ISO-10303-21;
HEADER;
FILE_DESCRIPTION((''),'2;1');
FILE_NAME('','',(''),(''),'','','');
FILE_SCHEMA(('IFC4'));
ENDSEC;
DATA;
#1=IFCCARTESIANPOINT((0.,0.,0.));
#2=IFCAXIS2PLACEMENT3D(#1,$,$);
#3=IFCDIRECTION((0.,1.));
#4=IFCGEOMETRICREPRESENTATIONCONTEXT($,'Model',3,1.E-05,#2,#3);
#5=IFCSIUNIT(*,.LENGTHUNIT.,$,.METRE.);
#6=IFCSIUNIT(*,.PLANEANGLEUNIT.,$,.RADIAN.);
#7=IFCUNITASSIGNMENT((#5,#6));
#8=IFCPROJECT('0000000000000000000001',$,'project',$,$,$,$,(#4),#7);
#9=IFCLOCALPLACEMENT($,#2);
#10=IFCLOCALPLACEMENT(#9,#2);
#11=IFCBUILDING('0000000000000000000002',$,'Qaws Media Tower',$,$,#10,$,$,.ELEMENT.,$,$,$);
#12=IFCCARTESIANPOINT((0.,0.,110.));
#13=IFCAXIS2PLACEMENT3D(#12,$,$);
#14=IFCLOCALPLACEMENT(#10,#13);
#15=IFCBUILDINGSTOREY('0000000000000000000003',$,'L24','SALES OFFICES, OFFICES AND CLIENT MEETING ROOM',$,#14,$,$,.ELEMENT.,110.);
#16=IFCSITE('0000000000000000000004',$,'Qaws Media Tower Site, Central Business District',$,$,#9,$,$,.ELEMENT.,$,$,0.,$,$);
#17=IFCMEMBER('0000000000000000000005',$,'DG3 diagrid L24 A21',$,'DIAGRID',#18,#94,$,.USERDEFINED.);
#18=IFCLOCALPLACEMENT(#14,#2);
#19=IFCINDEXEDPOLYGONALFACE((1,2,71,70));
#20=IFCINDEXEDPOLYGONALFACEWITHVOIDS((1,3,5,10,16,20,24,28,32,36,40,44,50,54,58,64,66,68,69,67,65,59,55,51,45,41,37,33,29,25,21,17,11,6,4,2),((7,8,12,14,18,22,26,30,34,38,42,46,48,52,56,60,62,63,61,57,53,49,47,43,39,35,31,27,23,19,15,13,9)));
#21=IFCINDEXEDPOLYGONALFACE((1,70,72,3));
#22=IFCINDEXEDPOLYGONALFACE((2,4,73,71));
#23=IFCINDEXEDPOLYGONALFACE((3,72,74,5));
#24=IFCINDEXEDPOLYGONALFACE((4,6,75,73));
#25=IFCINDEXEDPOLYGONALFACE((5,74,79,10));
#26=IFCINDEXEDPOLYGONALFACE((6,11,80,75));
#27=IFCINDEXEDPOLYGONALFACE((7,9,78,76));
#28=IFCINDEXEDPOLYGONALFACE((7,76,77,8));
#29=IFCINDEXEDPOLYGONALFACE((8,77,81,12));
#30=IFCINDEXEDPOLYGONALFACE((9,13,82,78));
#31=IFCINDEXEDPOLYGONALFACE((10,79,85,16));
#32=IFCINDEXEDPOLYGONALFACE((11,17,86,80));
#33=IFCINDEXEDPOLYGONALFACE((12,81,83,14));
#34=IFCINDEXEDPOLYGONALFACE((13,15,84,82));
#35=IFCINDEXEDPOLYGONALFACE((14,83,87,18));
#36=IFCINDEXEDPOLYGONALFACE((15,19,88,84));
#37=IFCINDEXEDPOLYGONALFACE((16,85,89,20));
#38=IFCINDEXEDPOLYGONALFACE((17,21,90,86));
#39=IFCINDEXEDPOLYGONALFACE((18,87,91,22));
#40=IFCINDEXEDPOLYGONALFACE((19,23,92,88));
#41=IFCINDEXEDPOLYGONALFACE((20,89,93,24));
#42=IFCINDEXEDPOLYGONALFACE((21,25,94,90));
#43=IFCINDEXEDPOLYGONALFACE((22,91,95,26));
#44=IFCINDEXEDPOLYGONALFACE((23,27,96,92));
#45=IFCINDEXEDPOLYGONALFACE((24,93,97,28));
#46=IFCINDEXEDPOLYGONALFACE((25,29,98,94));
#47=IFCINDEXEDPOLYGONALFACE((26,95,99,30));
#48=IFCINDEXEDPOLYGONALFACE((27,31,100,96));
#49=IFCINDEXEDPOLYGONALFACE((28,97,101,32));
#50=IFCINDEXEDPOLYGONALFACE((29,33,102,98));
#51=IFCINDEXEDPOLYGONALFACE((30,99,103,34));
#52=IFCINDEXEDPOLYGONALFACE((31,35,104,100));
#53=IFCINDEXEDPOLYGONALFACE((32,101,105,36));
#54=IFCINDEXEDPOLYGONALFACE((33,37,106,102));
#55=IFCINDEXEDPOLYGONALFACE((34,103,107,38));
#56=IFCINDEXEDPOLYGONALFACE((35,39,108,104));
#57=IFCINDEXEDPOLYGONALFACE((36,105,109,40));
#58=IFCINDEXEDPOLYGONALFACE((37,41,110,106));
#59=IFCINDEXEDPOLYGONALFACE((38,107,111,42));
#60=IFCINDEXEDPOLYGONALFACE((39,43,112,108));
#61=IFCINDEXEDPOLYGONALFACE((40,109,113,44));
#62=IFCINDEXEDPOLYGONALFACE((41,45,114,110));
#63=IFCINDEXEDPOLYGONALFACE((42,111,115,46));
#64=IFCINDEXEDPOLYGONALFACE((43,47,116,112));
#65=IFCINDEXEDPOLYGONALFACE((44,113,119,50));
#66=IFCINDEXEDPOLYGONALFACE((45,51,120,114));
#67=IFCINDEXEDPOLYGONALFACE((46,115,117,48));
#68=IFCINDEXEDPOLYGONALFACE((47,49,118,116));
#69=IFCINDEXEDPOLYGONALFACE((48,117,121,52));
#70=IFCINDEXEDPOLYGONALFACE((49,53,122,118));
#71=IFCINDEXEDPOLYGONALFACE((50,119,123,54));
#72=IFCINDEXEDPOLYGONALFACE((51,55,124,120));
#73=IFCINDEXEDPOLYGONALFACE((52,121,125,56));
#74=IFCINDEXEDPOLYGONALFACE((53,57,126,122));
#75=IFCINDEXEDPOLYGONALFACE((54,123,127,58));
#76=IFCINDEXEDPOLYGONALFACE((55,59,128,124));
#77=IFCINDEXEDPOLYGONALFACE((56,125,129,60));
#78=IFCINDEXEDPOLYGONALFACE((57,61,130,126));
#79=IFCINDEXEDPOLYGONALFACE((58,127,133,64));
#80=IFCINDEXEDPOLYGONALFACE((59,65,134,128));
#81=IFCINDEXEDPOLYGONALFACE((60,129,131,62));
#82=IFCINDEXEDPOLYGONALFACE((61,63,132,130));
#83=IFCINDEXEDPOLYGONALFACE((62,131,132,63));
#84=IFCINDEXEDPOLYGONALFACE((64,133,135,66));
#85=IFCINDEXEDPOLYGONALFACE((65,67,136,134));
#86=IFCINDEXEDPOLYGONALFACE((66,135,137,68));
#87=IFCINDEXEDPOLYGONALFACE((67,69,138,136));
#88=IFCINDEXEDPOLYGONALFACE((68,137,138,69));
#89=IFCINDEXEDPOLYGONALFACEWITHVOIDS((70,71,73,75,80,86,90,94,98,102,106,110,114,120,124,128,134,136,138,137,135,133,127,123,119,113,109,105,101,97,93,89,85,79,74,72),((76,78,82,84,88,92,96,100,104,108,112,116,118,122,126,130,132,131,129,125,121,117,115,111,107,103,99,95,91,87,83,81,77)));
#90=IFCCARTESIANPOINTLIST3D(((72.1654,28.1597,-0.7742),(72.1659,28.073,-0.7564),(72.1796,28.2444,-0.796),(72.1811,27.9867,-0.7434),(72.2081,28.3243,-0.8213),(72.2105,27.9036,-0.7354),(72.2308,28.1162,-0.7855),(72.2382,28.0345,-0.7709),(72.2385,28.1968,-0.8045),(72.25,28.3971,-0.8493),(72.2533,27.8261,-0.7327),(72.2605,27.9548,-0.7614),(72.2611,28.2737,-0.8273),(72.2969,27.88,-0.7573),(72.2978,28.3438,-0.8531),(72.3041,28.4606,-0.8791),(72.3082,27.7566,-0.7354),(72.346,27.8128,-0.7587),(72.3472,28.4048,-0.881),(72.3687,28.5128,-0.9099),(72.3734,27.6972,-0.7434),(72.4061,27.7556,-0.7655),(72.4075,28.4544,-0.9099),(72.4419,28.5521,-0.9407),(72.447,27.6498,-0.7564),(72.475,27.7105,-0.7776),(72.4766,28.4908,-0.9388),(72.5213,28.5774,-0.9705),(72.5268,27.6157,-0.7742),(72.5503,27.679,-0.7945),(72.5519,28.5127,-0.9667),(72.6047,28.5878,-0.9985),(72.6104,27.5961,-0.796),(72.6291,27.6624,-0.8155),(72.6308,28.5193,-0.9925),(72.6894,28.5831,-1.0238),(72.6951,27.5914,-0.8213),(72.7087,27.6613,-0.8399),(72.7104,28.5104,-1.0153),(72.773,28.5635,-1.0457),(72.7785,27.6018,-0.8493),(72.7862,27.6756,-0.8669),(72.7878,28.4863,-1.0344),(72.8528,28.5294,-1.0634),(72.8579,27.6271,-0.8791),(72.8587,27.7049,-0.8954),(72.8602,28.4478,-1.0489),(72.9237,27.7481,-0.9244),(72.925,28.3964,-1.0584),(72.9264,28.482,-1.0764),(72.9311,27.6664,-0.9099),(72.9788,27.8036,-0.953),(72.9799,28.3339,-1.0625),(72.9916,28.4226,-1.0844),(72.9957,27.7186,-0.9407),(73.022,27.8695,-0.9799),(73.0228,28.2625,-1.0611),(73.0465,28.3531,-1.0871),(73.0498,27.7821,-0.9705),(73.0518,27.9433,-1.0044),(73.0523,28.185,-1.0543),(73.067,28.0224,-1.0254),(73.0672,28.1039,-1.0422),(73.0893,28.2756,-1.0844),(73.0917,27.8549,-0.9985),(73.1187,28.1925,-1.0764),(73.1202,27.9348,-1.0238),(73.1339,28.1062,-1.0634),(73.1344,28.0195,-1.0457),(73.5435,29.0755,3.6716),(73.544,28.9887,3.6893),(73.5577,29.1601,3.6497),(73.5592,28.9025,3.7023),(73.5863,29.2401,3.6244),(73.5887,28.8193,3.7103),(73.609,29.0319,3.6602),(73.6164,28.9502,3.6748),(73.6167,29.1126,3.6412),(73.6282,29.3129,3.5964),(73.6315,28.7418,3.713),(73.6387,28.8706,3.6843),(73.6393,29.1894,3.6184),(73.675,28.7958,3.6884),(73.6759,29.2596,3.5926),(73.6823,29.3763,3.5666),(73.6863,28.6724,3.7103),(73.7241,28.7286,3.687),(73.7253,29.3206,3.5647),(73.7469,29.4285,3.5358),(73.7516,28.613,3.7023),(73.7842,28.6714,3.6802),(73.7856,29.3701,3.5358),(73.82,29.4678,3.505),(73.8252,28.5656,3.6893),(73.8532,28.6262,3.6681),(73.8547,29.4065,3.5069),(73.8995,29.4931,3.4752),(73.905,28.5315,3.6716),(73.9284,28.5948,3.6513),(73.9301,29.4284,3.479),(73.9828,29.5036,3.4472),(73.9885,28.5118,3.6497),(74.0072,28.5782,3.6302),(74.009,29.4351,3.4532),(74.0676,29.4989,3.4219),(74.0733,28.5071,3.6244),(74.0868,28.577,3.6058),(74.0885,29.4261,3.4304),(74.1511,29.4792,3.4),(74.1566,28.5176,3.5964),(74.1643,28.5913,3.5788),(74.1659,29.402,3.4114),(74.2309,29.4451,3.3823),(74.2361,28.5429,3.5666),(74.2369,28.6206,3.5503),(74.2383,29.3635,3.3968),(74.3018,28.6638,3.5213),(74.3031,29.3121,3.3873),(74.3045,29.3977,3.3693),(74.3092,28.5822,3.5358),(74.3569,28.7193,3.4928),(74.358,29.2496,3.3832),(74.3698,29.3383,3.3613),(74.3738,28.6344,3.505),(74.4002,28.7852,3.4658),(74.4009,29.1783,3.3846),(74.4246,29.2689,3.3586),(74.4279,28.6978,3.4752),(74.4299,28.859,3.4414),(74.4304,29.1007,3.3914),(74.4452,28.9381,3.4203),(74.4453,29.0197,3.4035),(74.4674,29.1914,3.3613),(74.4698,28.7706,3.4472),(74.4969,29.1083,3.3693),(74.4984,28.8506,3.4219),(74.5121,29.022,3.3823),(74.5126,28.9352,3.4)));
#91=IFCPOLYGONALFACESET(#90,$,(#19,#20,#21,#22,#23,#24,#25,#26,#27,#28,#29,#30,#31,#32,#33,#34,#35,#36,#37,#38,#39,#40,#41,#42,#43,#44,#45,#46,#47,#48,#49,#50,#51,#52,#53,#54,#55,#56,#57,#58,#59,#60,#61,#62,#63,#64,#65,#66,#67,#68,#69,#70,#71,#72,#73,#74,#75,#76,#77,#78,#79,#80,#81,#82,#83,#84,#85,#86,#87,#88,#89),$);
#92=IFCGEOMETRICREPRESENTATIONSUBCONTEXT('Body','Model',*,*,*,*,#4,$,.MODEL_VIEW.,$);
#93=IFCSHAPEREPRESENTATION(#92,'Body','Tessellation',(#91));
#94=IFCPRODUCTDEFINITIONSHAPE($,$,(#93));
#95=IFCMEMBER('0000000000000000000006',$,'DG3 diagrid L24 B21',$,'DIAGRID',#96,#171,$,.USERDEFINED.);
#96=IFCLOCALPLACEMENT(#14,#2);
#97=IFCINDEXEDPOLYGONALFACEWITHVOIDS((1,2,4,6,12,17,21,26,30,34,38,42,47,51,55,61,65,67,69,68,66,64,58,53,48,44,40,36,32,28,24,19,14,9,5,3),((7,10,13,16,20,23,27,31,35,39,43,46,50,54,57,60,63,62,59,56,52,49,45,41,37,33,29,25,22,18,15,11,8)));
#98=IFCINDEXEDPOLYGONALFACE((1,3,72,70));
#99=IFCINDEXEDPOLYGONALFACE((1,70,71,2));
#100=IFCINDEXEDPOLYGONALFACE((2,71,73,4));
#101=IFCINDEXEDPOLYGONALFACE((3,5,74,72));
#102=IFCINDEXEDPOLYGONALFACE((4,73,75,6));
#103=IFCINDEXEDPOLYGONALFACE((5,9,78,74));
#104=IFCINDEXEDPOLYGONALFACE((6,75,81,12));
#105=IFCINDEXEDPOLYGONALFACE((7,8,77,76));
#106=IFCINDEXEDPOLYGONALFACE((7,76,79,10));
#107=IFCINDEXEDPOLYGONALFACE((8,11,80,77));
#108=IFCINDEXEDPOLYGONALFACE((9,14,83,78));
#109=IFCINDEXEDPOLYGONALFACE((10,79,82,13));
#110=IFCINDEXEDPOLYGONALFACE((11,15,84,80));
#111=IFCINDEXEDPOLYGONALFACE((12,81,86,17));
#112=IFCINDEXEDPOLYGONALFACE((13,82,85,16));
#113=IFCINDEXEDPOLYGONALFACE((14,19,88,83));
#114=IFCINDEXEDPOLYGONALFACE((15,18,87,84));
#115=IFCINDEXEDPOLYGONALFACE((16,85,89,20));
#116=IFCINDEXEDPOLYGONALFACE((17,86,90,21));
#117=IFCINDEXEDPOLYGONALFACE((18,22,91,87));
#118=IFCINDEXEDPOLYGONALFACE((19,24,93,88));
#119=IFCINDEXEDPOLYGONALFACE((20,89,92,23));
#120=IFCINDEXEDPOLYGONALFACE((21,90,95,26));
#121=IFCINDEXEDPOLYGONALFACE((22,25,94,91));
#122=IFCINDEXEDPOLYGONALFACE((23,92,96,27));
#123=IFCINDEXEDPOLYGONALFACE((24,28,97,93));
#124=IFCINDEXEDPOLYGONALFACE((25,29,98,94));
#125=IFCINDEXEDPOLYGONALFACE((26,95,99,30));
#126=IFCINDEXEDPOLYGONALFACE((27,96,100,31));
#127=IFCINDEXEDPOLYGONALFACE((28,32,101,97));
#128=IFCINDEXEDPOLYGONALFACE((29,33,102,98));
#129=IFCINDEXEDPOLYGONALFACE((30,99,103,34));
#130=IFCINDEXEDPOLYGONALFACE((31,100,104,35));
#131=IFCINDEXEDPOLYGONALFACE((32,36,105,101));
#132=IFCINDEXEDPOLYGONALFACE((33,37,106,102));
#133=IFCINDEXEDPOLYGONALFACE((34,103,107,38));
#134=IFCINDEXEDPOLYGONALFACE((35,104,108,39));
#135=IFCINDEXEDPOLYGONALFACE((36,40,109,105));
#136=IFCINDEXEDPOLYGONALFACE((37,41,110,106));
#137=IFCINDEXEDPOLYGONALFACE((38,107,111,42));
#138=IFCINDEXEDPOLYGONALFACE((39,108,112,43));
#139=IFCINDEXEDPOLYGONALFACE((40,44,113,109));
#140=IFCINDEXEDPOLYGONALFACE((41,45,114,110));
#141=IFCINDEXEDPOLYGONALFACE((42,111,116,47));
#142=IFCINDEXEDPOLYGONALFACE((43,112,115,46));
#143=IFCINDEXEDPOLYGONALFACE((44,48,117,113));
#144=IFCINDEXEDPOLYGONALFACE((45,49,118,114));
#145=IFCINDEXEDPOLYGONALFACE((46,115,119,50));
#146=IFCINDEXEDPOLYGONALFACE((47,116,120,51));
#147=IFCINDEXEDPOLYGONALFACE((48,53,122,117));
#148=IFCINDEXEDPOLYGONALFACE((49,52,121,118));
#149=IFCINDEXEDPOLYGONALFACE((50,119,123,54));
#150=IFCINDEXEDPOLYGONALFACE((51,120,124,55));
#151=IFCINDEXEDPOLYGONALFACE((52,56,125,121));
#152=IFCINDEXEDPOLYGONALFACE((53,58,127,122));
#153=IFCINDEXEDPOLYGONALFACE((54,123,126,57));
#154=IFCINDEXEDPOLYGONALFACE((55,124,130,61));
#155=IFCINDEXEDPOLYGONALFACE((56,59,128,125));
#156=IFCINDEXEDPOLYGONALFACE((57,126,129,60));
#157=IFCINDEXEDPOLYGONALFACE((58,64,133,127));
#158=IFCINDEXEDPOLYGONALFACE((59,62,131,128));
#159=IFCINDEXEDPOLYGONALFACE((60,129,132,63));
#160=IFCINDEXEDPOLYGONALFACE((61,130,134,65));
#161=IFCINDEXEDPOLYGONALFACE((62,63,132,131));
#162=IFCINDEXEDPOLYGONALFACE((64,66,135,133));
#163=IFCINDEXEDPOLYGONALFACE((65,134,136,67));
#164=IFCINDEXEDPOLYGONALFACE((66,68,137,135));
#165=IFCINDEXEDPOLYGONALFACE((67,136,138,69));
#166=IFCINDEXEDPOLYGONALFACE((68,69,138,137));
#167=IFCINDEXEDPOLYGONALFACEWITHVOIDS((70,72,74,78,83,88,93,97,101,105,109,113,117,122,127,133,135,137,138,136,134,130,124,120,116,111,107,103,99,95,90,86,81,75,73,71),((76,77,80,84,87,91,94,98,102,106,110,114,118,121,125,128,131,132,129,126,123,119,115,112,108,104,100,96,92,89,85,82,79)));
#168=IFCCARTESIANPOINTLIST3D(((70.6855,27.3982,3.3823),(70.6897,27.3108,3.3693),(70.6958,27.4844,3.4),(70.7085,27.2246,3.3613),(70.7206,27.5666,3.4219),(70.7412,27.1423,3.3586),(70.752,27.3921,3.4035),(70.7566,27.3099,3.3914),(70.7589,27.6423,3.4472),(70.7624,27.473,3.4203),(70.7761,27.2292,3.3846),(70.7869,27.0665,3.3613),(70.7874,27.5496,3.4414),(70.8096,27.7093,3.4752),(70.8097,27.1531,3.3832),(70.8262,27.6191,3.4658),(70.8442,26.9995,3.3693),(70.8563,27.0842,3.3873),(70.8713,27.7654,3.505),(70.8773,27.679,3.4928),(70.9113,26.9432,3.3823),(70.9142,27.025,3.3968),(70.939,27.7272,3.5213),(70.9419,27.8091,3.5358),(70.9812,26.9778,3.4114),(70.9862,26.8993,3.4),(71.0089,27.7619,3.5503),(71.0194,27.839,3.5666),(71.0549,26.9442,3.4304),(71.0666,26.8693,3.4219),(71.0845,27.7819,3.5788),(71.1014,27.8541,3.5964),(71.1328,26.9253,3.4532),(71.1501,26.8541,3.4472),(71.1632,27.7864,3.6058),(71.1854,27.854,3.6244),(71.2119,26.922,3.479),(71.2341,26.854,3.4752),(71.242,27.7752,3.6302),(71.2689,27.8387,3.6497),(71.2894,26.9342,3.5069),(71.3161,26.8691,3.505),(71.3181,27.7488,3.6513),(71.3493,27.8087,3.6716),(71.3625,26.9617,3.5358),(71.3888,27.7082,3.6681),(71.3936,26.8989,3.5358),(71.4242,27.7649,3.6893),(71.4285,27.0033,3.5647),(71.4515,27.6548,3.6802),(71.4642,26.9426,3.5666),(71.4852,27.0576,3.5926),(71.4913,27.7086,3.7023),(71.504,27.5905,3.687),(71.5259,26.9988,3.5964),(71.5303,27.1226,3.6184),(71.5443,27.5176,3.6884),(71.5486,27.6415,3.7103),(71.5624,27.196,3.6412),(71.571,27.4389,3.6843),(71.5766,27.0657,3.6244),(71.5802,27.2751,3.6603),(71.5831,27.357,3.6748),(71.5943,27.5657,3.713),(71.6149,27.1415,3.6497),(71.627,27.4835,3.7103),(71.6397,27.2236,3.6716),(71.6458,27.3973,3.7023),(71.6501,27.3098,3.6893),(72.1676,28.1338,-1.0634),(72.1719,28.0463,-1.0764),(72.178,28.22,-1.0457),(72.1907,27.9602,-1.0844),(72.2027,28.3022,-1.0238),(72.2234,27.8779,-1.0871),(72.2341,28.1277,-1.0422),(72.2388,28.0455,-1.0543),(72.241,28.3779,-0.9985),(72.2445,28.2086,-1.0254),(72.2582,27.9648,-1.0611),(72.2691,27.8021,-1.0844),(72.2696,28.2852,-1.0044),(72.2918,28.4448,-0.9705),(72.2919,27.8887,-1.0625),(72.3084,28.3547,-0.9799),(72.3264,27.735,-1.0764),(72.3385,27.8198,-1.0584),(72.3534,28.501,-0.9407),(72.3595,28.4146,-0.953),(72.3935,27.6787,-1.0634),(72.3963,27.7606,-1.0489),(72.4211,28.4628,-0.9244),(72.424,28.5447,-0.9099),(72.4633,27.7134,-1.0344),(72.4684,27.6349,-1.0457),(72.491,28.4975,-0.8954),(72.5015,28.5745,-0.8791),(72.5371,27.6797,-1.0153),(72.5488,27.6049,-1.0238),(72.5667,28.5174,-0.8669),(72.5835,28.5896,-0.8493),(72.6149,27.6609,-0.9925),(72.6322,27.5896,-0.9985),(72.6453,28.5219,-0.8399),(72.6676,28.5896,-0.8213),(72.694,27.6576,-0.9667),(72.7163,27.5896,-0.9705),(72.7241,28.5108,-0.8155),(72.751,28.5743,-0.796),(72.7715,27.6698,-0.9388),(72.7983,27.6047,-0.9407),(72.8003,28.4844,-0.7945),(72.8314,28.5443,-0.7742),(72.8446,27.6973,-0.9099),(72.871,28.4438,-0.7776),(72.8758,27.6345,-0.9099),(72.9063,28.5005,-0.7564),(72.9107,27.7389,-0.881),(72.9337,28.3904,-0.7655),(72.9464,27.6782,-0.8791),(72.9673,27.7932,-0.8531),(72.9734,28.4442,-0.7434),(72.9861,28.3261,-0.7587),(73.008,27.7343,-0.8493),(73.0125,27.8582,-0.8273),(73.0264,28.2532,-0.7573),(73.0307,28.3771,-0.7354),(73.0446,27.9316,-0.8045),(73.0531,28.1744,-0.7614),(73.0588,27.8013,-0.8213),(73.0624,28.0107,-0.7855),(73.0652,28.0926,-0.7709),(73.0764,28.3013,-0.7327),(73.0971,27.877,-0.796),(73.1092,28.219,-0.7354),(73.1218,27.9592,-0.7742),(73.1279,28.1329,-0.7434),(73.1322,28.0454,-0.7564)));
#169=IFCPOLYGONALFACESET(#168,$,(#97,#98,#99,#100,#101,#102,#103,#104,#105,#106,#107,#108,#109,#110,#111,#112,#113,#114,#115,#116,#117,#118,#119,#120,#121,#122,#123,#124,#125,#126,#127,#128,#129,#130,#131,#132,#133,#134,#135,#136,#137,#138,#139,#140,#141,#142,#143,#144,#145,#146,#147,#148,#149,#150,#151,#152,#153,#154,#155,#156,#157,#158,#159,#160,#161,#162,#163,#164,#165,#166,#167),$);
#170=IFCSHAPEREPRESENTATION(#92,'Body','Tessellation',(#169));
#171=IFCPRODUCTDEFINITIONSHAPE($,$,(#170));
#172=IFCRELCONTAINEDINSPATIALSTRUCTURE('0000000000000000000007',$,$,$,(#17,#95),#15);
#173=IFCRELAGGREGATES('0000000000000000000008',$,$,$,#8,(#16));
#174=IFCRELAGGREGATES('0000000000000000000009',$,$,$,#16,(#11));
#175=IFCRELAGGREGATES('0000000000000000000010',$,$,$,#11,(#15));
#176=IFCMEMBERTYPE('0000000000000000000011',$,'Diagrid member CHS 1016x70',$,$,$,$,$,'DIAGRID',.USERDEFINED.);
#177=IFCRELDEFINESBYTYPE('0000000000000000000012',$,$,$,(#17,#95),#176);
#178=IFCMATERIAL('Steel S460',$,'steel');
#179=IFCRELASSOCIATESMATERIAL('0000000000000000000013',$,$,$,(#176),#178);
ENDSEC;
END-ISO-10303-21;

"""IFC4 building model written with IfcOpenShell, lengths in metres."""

from ifc_helpers import new_model, si_unit, direction, frame, origin, origin_2d, place, context, subcontext, project, spatial, hollow_circle, extrude, material, material_profile, profile_set, type_object, element, save


model = new_model("IFC4")

# Units and contexts
model_context = context("Model", 3, precision=1e-05, world=origin(), true_north=direction((0.0, 1.0)))
body_context = subcontext(model_context, "Body", "Model", "MODEL_VIEW")
ifc_project = project(units=[si_unit("LENGTHUNIT", "METRE"), si_unit("PLANEANGLEUNIT", "RADIAN")], contexts=[model_context])

# Site, building, storey
site_placement = place(None, origin())
site = spatial("IfcSite", under=ifc_project, at=site_placement, Name="Qaws Media Tower Site, Central Business District", CompositionType="ELEMENT", RefElevation=0.0)
building_placement = place(site_placement, origin())
building = spatial("IfcBuilding", under=site, at=building_placement, Name="Qaws Media Tower", CompositionType="ELEMENT")
storey_placement = place(building_placement, frame((0.0, 0.0, 110.0)))
storey = spatial("IfcBuildingStorey", under=building, at=storey_placement, Name="L24", Description="SALES OFFICES, OFFICES AND CLIENT MEETING ROOM", CompositionType="ELEMENT", Elevation=110.0)

# Members
ifc_material_1 = material(Name="Steel S460", Category="steel")
ifc_material_profile_1 = material_profile(ifc_material_1, hollow_circle(Radius=0.5081, WallThickness=0.0701, at=origin_2d()), Name="CHS 1016x70")
ifc_profile_set_1 = profile_set([ifc_material_profile_1], Name="Steel S460")
member_type_1 = type_object("IfcMemberType", Name="Diagrid member CHS 1016x70", ElementType="DIAGRID", PredefinedType="USERDEFINED", material=ifc_profile_set_1)
for number, where, z_axis, x_axis, name in (
    (1, (72.6499, 28.0896, -0.9099), (0.290524, 0.193048, 0.937192), (-0.55344, 0.832889, 0.0), "DG3 diagrid L24 A21"),
    (2, (72.6499, 28.0896, -0.9099), (-0.312449, -0.155067, 0.937193), (0.444556, -0.895751, 0.0), "DG3 diagrid L24 B21"),
):
    element("IfcMember", number, at=place(storey_placement, frame(where, z_axis=z_axis, x_axis=x_axis)), inside=storey, type_object=member_type_1, Name=name, ObjectType="DIAGRID", PredefinedType="USERDEFINED", context=body_context, shape_type="SweptSolid", body=[
        extrude(hollow_circle(Radius=0.5081, WallThickness=0.0701, at=origin_2d()), origin(), (0.0, 0.0, 1.0), 4.7437),
    ])

save(model, "model.ifc")
